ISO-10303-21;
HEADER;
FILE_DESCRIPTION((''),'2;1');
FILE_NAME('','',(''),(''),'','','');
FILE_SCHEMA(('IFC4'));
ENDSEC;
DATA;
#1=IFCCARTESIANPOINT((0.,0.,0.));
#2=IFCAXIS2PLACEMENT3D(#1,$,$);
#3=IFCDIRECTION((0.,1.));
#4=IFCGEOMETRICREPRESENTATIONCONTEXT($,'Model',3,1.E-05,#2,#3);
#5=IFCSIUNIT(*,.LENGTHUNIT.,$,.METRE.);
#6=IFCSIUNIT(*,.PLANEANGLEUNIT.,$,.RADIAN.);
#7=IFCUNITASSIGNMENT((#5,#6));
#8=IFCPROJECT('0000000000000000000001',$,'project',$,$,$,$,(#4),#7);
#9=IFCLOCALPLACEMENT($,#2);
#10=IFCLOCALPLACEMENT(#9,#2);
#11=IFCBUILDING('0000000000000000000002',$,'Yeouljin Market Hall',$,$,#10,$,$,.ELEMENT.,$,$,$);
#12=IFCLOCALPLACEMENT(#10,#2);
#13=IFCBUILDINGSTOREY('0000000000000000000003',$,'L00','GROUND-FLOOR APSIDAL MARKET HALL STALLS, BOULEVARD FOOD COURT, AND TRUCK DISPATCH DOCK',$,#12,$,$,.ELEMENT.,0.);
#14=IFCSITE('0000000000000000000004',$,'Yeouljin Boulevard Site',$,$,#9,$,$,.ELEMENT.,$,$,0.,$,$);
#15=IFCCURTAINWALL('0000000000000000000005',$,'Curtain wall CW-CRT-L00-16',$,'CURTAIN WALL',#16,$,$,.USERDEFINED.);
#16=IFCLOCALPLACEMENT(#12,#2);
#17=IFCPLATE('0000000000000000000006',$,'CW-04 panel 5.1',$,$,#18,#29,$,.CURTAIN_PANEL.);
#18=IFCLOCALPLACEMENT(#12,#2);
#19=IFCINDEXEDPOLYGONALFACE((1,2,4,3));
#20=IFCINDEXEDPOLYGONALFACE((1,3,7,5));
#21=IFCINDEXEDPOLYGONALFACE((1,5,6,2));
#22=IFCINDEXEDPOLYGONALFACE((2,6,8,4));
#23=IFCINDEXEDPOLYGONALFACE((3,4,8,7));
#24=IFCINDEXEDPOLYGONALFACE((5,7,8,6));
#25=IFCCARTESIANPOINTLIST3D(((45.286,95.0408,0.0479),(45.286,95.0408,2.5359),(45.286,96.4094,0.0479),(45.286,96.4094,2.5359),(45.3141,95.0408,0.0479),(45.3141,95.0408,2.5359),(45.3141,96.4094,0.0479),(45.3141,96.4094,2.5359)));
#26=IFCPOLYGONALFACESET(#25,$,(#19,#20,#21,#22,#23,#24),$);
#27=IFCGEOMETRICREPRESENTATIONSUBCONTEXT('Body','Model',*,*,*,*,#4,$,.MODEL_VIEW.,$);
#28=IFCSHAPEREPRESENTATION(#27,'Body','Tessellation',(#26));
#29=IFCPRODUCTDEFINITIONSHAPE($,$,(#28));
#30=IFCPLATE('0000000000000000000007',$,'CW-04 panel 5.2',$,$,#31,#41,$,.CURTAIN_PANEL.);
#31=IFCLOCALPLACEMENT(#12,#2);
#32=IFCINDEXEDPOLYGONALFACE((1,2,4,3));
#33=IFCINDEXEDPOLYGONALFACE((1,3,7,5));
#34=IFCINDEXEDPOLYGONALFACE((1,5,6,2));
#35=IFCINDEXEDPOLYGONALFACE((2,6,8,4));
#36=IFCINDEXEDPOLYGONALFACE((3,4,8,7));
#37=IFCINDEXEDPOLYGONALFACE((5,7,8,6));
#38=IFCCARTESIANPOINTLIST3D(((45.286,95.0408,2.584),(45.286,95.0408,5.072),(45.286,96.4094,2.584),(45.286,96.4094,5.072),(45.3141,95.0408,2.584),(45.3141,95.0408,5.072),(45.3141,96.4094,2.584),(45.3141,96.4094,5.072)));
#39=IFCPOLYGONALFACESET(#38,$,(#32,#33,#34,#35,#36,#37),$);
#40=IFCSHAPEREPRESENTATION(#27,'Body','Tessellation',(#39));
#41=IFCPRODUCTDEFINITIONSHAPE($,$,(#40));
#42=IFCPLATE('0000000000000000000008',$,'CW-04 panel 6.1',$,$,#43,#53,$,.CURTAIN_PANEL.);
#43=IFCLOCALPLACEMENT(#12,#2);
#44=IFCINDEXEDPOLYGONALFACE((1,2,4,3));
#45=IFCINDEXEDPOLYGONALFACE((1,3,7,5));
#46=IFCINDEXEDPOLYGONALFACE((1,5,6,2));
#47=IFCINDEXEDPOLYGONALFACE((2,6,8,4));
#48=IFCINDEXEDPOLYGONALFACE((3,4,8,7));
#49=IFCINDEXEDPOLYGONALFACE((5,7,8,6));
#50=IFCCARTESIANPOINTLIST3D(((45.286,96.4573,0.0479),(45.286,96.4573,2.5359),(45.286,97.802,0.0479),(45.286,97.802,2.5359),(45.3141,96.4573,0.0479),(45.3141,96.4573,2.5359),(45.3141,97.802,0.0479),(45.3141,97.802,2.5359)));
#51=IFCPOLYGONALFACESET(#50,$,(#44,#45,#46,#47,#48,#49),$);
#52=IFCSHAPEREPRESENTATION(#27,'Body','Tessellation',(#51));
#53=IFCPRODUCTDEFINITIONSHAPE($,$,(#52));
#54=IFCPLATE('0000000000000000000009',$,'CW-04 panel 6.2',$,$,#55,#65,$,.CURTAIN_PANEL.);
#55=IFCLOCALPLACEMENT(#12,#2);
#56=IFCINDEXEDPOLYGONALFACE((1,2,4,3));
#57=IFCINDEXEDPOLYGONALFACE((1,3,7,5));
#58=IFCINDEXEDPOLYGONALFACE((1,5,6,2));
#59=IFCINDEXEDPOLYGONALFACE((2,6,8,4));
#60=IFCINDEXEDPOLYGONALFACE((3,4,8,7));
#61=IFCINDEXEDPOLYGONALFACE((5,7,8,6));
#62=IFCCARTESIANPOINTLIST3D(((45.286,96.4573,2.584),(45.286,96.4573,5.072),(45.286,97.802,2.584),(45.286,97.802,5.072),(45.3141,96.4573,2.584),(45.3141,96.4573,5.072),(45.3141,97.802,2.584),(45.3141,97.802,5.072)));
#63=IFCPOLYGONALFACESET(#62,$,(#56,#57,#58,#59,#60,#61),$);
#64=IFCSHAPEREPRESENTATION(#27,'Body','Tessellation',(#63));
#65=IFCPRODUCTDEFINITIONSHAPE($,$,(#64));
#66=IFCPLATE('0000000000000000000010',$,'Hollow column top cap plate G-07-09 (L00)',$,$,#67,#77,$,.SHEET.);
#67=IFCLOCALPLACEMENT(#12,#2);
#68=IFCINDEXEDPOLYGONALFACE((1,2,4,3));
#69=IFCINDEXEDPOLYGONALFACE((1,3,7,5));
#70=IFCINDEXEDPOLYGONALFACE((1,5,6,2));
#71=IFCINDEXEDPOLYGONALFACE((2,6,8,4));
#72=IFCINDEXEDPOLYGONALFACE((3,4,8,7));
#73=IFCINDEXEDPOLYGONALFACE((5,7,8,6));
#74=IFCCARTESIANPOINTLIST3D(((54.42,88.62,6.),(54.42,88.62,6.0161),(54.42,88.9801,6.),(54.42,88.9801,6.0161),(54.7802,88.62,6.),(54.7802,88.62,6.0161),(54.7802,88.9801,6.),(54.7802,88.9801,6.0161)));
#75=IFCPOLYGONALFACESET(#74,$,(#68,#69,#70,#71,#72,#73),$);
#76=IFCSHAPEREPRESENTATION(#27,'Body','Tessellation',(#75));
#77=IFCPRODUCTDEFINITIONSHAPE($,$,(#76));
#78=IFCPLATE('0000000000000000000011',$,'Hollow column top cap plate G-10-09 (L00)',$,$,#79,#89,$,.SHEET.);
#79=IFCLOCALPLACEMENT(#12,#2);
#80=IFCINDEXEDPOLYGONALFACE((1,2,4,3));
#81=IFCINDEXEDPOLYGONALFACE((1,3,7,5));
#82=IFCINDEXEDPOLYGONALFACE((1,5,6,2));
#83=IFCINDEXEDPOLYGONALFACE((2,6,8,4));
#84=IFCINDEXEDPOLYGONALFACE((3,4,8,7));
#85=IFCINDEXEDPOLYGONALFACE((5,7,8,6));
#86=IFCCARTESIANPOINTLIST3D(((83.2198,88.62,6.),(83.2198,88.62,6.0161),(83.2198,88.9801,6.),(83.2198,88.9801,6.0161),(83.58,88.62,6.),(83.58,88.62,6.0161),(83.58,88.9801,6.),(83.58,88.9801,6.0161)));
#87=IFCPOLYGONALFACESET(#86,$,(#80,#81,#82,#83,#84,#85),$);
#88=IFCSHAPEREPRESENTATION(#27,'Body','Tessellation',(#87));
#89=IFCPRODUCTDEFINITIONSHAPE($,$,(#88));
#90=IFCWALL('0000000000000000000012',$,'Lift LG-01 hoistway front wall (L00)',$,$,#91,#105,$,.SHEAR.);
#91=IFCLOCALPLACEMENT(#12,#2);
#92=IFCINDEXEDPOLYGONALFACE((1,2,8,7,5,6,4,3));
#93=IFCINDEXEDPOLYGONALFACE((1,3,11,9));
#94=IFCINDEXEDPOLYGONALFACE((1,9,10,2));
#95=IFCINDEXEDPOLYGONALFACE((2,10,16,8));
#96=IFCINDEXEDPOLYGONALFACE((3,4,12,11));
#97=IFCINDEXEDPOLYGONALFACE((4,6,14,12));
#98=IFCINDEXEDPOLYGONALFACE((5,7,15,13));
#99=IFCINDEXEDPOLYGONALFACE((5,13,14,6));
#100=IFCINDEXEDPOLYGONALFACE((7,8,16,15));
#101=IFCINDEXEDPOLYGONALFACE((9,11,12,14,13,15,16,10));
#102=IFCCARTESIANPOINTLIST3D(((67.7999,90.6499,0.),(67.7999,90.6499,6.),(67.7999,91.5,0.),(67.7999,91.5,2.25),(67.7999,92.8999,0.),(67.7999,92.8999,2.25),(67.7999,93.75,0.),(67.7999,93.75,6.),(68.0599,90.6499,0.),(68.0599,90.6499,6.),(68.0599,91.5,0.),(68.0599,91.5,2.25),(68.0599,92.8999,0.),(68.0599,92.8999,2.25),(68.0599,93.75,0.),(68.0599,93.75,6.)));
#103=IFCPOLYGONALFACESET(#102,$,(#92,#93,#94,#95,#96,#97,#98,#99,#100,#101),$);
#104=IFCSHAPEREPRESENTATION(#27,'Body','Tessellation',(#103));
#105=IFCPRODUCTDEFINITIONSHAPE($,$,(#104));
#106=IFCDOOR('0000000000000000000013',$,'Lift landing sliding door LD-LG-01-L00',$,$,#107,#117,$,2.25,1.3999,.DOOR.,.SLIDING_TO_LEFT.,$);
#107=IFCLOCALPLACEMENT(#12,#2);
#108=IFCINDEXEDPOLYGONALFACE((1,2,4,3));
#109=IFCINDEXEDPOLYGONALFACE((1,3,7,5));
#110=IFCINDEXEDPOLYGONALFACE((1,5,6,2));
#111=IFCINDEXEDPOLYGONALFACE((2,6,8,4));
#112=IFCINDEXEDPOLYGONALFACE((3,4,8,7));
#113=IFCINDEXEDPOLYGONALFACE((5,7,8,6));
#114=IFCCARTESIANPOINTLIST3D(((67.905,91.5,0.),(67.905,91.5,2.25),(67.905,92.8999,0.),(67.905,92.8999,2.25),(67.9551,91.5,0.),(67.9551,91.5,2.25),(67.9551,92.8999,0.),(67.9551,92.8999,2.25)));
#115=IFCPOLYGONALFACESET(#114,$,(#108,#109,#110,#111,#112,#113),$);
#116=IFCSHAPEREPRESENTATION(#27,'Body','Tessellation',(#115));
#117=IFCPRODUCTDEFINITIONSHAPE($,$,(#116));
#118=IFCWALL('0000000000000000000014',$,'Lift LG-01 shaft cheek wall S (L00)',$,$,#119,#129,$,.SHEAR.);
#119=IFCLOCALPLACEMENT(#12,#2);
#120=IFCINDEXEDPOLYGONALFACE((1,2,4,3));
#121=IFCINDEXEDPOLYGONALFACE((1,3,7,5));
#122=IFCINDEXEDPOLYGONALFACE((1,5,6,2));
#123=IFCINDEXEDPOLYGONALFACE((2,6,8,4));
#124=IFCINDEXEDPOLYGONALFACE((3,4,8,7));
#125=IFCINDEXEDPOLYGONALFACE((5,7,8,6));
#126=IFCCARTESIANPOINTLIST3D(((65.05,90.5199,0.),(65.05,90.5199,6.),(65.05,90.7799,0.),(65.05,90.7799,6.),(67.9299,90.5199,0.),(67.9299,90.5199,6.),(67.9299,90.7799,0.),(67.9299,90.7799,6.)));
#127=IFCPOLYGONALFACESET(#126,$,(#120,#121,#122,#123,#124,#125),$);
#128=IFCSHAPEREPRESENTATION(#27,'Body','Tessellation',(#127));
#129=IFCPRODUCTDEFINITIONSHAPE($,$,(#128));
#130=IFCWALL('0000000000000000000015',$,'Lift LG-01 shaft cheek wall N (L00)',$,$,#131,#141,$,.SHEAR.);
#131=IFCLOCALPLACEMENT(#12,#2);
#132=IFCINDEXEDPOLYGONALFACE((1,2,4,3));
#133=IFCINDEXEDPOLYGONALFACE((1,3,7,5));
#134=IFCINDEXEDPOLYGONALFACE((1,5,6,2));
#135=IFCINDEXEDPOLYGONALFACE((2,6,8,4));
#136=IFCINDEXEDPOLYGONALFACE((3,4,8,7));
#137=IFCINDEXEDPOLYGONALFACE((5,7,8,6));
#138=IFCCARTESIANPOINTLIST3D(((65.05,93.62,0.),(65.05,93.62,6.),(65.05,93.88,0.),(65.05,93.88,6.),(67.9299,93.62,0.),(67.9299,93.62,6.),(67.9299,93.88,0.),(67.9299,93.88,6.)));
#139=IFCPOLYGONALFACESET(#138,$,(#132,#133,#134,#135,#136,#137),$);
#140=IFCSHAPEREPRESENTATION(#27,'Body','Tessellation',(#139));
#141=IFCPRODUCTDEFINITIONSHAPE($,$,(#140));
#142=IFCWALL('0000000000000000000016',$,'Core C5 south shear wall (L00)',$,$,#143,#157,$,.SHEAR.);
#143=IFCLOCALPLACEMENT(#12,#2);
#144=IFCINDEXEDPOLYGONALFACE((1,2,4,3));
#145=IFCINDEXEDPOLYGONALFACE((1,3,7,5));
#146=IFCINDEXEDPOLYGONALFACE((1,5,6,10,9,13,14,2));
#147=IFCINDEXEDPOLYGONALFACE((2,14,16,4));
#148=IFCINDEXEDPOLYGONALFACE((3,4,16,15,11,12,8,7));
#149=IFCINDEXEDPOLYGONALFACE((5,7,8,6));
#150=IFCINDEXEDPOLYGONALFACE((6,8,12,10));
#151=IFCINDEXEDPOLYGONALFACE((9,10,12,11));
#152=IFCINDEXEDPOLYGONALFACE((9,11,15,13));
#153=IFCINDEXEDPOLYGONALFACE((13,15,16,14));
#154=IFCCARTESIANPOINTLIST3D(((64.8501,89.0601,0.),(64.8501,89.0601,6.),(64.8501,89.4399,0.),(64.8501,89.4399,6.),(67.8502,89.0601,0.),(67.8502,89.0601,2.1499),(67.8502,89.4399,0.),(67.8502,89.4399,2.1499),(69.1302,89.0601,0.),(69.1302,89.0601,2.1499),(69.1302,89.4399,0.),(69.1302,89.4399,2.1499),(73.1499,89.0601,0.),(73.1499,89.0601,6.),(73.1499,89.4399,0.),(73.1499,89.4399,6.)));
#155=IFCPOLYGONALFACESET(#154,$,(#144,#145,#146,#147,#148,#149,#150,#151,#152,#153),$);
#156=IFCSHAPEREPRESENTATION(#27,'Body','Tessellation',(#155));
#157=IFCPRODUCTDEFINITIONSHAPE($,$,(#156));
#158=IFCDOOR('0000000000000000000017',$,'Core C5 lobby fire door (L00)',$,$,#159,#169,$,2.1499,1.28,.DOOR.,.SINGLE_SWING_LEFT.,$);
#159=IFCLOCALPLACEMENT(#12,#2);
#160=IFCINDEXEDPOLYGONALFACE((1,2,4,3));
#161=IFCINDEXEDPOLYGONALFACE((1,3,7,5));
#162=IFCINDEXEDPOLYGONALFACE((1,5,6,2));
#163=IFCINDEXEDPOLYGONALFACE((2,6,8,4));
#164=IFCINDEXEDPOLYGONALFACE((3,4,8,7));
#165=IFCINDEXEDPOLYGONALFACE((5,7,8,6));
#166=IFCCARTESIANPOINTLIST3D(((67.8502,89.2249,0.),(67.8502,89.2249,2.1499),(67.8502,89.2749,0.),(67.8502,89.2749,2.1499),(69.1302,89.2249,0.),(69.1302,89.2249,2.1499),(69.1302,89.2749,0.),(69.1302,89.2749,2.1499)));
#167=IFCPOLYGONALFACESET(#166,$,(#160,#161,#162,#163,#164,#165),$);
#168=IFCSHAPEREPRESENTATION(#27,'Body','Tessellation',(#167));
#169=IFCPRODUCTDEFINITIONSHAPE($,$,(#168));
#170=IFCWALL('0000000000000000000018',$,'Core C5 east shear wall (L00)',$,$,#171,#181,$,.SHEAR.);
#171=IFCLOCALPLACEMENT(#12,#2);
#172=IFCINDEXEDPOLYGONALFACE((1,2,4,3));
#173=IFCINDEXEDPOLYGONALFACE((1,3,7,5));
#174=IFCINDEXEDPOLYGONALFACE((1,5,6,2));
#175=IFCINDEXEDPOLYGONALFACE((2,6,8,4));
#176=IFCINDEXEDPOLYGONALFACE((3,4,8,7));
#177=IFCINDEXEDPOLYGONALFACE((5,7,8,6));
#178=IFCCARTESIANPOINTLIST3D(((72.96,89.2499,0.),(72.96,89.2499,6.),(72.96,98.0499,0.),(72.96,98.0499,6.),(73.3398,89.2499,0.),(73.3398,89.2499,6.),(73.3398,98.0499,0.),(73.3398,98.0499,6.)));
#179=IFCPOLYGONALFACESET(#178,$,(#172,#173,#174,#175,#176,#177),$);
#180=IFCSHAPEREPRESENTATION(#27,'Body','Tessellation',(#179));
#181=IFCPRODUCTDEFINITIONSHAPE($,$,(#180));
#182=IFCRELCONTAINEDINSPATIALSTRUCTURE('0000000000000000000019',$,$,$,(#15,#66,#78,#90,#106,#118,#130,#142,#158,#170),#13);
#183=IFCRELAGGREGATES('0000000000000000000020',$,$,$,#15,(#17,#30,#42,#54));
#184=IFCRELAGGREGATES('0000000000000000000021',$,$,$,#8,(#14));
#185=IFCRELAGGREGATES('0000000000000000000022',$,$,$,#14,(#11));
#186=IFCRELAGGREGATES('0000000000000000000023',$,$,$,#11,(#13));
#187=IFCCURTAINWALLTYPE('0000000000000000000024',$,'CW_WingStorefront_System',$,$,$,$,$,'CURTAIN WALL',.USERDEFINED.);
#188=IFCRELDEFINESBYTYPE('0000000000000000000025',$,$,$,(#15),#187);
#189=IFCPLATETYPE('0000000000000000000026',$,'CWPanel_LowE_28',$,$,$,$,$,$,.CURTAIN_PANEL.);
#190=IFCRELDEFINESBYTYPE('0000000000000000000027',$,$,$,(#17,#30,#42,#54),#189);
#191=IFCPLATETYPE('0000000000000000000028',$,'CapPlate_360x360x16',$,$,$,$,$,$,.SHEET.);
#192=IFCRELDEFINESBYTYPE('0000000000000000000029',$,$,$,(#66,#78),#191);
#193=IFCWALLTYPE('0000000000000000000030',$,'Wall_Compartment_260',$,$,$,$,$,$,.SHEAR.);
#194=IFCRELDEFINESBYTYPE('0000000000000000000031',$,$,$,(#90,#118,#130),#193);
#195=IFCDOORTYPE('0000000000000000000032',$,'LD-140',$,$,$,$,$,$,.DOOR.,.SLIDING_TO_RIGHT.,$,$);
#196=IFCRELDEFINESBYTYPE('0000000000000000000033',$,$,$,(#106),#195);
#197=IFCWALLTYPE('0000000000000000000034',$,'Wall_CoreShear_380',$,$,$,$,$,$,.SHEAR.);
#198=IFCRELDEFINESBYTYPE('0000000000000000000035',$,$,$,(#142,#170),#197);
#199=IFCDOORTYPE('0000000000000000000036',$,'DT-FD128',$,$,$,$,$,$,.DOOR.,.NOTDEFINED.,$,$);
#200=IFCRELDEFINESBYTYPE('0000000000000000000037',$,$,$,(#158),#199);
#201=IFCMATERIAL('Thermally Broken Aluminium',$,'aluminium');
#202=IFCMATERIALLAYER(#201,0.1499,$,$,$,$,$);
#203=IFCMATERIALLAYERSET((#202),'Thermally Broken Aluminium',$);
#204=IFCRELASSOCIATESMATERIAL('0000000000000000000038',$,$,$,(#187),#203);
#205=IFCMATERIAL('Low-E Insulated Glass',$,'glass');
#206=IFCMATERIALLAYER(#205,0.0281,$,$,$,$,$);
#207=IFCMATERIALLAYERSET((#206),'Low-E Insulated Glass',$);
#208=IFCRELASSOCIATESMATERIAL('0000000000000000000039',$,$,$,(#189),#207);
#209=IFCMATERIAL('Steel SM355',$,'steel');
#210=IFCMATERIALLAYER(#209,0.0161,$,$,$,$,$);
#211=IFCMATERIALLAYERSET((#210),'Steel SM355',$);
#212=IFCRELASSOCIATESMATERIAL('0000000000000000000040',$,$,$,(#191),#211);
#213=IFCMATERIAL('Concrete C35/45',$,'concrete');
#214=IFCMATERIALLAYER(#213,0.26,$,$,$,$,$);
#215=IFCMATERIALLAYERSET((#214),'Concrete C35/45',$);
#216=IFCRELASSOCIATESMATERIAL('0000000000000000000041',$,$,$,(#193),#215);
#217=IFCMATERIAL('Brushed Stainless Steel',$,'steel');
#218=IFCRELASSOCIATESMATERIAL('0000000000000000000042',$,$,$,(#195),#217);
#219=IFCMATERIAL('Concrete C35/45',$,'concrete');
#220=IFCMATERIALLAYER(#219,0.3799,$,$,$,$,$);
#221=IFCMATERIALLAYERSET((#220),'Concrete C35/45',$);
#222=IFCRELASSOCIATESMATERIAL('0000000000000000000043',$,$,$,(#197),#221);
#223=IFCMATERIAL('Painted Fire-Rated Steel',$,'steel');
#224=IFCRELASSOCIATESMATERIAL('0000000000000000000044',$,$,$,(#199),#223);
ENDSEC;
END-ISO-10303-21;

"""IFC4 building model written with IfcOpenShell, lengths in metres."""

from ifc_helpers import new_model, si_unit, direction, frame, frame_2d, origin, origin_2d, place, context, subcontext, project, spatial, rectangle, extrude, material, layer, layer_set, type_object, element, fill, aggregate, save


model = new_model("IFC4")

# Units and contexts
model_context = context("Model", 3, precision=1e-05, world=origin(), true_north=direction((0.0, 1.0)))
body_context = subcontext(model_context, "Body", "Model", "MODEL_VIEW")
ifc_project = project(units=[si_unit("LENGTHUNIT", "METRE"), si_unit("PLANEANGLEUNIT", "RADIAN")], contexts=[model_context])

# Site, building, storey
site_placement = place(None, origin())
site = spatial("IfcSite", under=ifc_project, at=site_placement, Name="Yeouljin Boulevard Site", CompositionType="ELEMENT", RefElevation=0.0)
building_placement = place(site_placement, origin())
building = spatial("IfcBuilding", under=site, at=building_placement, Name="Yeouljin Market Hall", CompositionType="ELEMENT")
storey_placement = place(building_placement, origin())
storey = spatial("IfcBuildingStorey", under=building, at=storey_placement, Name="L00", Description="GROUND-FLOOR APSIDAL MARKET HALL STALLS, BOULEVARD FOOD COURT, AND TRUCK DISPATCH DOCK", CompositionType="ELEMENT", Elevation=0.0)

# Curtain wall, plates
ifc_material_1 = material(Name="Thermally Broken Aluminium", Category="aluminium")
ifc_layer_1 = layer(ifc_material_1, 0.1499)
ifc_layer_set_1 = layer_set([ifc_layer_1], Name="Thermally Broken Aluminium")
curtain_wall_type = type_object("IfcCurtainWallType", Name="CW_WingStorefront_System", ElementType="CURTAIN WALL", PredefinedType="USERDEFINED", material=ifc_layer_set_1)
curtain_wall_placement = place(storey_placement, origin())
curtain_wall = element("IfcCurtainWall", 1, at=curtain_wall_placement, inside=storey, type_object=curtain_wall_type, Name="Curtain wall CW-CRT-L00-16", ObjectType="CURTAIN WALL", PredefinedType="USERDEFINED")
ifc_material_2 = material(Name="Low-E Insulated Glass", Category="glass")
ifc_layer_2 = layer(ifc_material_2, 0.0281)
ifc_layer_set_2 = layer_set([ifc_layer_2], Name="Low-E Insulated Glass")
plate_type_1 = type_object("IfcPlateType", Name="CWPanel_LowE_28", PredefinedType="CURTAIN_PANEL", material=ifc_layer_set_2)
plate_1_placement = place(storey_placement, frame((45.3, 95.7251, 0.0479), z_axis=(0.0, 0.0, 1.0), x_axis=(0.0, 1.0, 0.0)))
plate_1 = element("IfcPlate", 2, at=plate_1_placement, type_object=plate_type_1, Name="CW-04 panel 5.1", PredefinedType="CURTAIN_PANEL", context=body_context, shape_type="SweptSolid", body=[
    extrude(rectangle(XDim=1.3687, YDim=0.0281, at=origin_2d()), origin(), (0.0, 0.0, 1.0), 2.488),
])
plate_2_placement = place(storey_placement, frame((45.3, 95.7251, 2.584), z_axis=(0.0, 0.0, 1.0), x_axis=(0.0, 1.0, 0.0)))
plate_2 = element("IfcPlate", 3, at=plate_2_placement, type_object=plate_type_1, Name="CW-04 panel 5.2", PredefinedType="CURTAIN_PANEL", context=body_context, shape_type="SweptSolid", body=[
    extrude(rectangle(XDim=1.3687, YDim=0.0281, at=origin_2d()), origin(), (0.0, 0.0, 1.0), 2.488),
])
plate_3_placement = place(storey_placement, frame((45.3, 97.1296, 0.0479), z_axis=(0.0, 0.0, 1.0), x_axis=(0.0, 1.0, 0.0)))
plate_3 = element("IfcPlate", 4, at=plate_3_placement, type_object=plate_type_1, Name="CW-04 panel 6.1", PredefinedType="CURTAIN_PANEL", context=body_context, shape_type="SweptSolid", body=[
    extrude(rectangle(XDim=1.3447, YDim=0.0281, at=origin_2d()), origin(), (0.0, 0.0, 1.0), 2.488),
])
plate_4_placement = place(storey_placement, frame((45.3, 97.1296, 2.584), z_axis=(0.0, 0.0, 1.0), x_axis=(0.0, 1.0, 0.0)))
plate_4 = element("IfcPlate", 5, at=plate_4_placement, type_object=plate_type_1, Name="CW-04 panel 6.2", PredefinedType="CURTAIN_PANEL", context=body_context, shape_type="SweptSolid", body=[
    extrude(rectangle(XDim=1.3447, YDim=0.0281, at=origin_2d()), origin(), (0.0, 0.0, 1.0), 2.488),
])
aggregate(curtain_wall, [plate_1, plate_2, plate_3, plate_4])

# Plates
ifc_material_3 = material(Name="Steel SM355", Category="steel")
ifc_layer_3 = layer(ifc_material_3, 0.0161)
ifc_layer_set_3 = layer_set([ifc_layer_3], Name="Steel SM355")
plate_type_2 = type_object("IfcPlateType", Name="CapPlate_360x360x16", PredefinedType="SHEET", material=ifc_layer_set_3)
for number, where, z_axis, x_axis, name in (
    (6, (54.6001, 88.8, 6.0), (0.0, 0.0, 1.0), (1.0, 0.0, 0.0), "Hollow column top cap plate G-07-09 (L00)"),
    (7, (83.3999, 88.8, 6.0), (0.0, 0.0, 1.0), (1.0, 0.0, 0.0), "Hollow column top cap plate G-10-09 (L00)"),
):
    element("IfcPlate", number, at=place(storey_placement, frame(where, z_axis=z_axis, x_axis=x_axis)), inside=storey, type_object=plate_type_2, Name=name, PredefinedType="SHEET", context=body_context, shape_type="SweptSolid", body=[
        extrude(rectangle(XDim=0.3601, YDim=0.3601, at=origin_2d()), origin(), (0.0, 0.0, 1.0), 0.0161),
    ])

# Wall, opening, door
ifc_material_4 = material(Name="Concrete C35/45", Category="concrete")
ifc_layer_4 = layer(ifc_material_4, 0.26)
ifc_layer_set_4 = layer_set([ifc_layer_4], Name="Concrete C35/45")
wall_type_1 = type_object("IfcWallType", Name="Wall_Compartment_260", PredefinedType="SHEAR", material=ifc_layer_set_4)
wall_1_placement = place(storey_placement, frame((67.9299, 90.6499, 0.0), z_axis=(0.0, 0.0, 1.0), x_axis=(0.0, 1.0, 0.0)))
wall_1 = element("IfcWall", 8, at=wall_1_placement, inside=storey, type_object=wall_type_1, Name="Lift LG-01 hoistway front wall (L00)", PredefinedType="SHEAR", context=body_context, shape_type="SweptSolid", body=[
    extrude(rectangle(XDim=3.1001, YDim=0.26, at=frame_2d((1.55, 0.0))), origin(), (0.0, 0.0, 1.0), 6.0),
])
opening_1_placement = place(wall_1_placement, frame((0.8501, 0.0, 0.0)))
opening_1 = element("IfcOpeningElement", 9, at=opening_1_placement, cuts=wall_1, PredefinedType="OPENING", context=body_context, shape_type="SweptSolid", body=[
    extrude(rectangle(XDim=1.3999, YDim=2.25, at=frame_2d((0.7, 1.125))), frame((0.0, 0.1399, 0.0), z_axis=(0.0, -1.0, 0.0), x_axis=(1.0, 0.0, 0.0)), (0.0, 0.0, 1.0), 0.28),
])
ifc_material_5 = material(Name="Brushed Stainless Steel", Category="steel")
door_type_1 = type_object("IfcDoorType", Name="LD-140", OperationType="SLIDING_TO_RIGHT", PredefinedType="DOOR", material=ifc_material_5)
door_1_placement = place(opening_1_placement, origin())
door_1 = element("IfcDoor", 10, at=door_1_placement, inside=storey, type_object=door_type_1, Name="Lift landing sliding door LD-LG-01-L00", OperationType="SLIDING_TO_LEFT", OverallHeight=2.25, OverallWidth=1.3999, PredefinedType="DOOR", context=body_context, shape_type="SweptSolid", body=[
    extrude(rectangle(XDim=1.3999, YDim=2.25, at=frame_2d((0.7, 1.125))), frame((0.0, 0.0249, 0.0), z_axis=(0.0, -1.0, 0.0), x_axis=(1.0, 0.0, 0.0)), (0.0, 0.0, 1.0), 0.05),
])
fill(opening_1, door_1)

# Walls
for number, where, z_axis, x_axis, name in (
    (11, (65.05, 90.6499, 0.0), (0.0, 0.0, 1.0), (1.0, 0.0, 0.0), "Lift LG-01 shaft cheek wall S (L00)"),
    (12, (65.05, 93.75, 0.0), (0.0, 0.0, 1.0), (1.0, 0.0, 0.0), "Lift LG-01 shaft cheek wall N (L00)"),
):
    element("IfcWall", number, at=place(storey_placement, frame(where, z_axis=z_axis, x_axis=x_axis)), inside=storey, type_object=wall_type_1, Name=name, PredefinedType="SHEAR", context=body_context, shape_type="SweptSolid", body=[
        extrude(rectangle(XDim=2.8799, YDim=0.26, at=frame_2d((1.4399, 0.0))), origin(), (0.0, 0.0, 1.0), 6.0),
    ])

# Wall, opening, door
ifc_material_6 = material(Name="Concrete C35/45", Category="concrete")
ifc_layer_5 = layer(ifc_material_6, 0.3799)
ifc_layer_set_5 = layer_set([ifc_layer_5], Name="Concrete C35/45")
wall_type_2 = type_object("IfcWallType", Name="Wall_CoreShear_380", PredefinedType="SHEAR", material=ifc_layer_set_5)
wall_2_placement = place(storey_placement, frame((64.8501, 89.25, 0.0), z_axis=(0.0, 0.0, 1.0), x_axis=(1.0, 0.0, 0.0)))
wall_2 = element("IfcWall", 13, at=wall_2_placement, inside=storey, type_object=wall_type_2, Name="Core C5 south shear wall (L00)", PredefinedType="SHEAR", context=body_context, shape_type="SweptSolid", body=[
    extrude(rectangle(XDim=8.2998, YDim=0.3799, at=frame_2d((4.1499, 0.0))), origin(), (0.0, 0.0, 1.0), 6.0),
])
opening_2_placement = place(wall_2_placement, frame((3.0, 0.0, 0.0)))
opening_2 = element("IfcOpeningElement", 14, at=opening_2_placement, cuts=wall_2, PredefinedType="OPENING", context=body_context, shape_type="SweptSolid", body=[
    extrude(rectangle(XDim=1.28, YDim=2.1499, at=frame_2d((0.6401, 1.075))), frame((0.0, 0.2, 0.0), z_axis=(0.0, -1.0, 0.0), x_axis=(1.0, 0.0, 0.0)), (0.0, 0.0, 1.0), 0.3999),
])
ifc_material_7 = material(Name="Painted Fire-Rated Steel", Category="steel")
door_type_2 = type_object("IfcDoorType", Name="DT-FD128", OperationType="NOTDEFINED", PredefinedType="DOOR", material=ifc_material_7)
door_2_placement = place(opening_2_placement, origin())
door_2 = element("IfcDoor", 15, at=door_2_placement, inside=storey, type_object=door_type_2, Name="Core C5 lobby fire door (L00)", OperationType="SINGLE_SWING_LEFT", OverallHeight=2.1499, OverallWidth=1.28, PredefinedType="DOOR", context=body_context, shape_type="SweptSolid", body=[
    extrude(rectangle(XDim=1.28, YDim=2.1499, at=frame_2d((0.6401, 1.075))), frame((0.0, 0.0249, 0.0), z_axis=(0.0, -1.0, 0.0), x_axis=(1.0, 0.0, 0.0)), (0.0, 0.0, 1.0), 0.05),
])
fill(opening_2, door_2)

# Wall
wall_3_placement = place(storey_placement, frame((73.1499, 89.25, 0.0), z_axis=(0.0, 0.0, 1.0), x_axis=(0.0, 1.0, 0.0)))
element("IfcWall", 16, at=wall_3_placement, inside=storey, type_object=wall_type_2, Name="Core C5 east shear wall (L00)", PredefinedType="SHEAR", context=body_context, shape_type="SweptSolid", body=[
    extrude(rectangle(XDim=8.8, YDim=0.3799, at=frame_2d((4.3999, 0.0))), origin(), (0.0, 0.0, 1.0), 6.0),
])

save(model, "model.ifc")
